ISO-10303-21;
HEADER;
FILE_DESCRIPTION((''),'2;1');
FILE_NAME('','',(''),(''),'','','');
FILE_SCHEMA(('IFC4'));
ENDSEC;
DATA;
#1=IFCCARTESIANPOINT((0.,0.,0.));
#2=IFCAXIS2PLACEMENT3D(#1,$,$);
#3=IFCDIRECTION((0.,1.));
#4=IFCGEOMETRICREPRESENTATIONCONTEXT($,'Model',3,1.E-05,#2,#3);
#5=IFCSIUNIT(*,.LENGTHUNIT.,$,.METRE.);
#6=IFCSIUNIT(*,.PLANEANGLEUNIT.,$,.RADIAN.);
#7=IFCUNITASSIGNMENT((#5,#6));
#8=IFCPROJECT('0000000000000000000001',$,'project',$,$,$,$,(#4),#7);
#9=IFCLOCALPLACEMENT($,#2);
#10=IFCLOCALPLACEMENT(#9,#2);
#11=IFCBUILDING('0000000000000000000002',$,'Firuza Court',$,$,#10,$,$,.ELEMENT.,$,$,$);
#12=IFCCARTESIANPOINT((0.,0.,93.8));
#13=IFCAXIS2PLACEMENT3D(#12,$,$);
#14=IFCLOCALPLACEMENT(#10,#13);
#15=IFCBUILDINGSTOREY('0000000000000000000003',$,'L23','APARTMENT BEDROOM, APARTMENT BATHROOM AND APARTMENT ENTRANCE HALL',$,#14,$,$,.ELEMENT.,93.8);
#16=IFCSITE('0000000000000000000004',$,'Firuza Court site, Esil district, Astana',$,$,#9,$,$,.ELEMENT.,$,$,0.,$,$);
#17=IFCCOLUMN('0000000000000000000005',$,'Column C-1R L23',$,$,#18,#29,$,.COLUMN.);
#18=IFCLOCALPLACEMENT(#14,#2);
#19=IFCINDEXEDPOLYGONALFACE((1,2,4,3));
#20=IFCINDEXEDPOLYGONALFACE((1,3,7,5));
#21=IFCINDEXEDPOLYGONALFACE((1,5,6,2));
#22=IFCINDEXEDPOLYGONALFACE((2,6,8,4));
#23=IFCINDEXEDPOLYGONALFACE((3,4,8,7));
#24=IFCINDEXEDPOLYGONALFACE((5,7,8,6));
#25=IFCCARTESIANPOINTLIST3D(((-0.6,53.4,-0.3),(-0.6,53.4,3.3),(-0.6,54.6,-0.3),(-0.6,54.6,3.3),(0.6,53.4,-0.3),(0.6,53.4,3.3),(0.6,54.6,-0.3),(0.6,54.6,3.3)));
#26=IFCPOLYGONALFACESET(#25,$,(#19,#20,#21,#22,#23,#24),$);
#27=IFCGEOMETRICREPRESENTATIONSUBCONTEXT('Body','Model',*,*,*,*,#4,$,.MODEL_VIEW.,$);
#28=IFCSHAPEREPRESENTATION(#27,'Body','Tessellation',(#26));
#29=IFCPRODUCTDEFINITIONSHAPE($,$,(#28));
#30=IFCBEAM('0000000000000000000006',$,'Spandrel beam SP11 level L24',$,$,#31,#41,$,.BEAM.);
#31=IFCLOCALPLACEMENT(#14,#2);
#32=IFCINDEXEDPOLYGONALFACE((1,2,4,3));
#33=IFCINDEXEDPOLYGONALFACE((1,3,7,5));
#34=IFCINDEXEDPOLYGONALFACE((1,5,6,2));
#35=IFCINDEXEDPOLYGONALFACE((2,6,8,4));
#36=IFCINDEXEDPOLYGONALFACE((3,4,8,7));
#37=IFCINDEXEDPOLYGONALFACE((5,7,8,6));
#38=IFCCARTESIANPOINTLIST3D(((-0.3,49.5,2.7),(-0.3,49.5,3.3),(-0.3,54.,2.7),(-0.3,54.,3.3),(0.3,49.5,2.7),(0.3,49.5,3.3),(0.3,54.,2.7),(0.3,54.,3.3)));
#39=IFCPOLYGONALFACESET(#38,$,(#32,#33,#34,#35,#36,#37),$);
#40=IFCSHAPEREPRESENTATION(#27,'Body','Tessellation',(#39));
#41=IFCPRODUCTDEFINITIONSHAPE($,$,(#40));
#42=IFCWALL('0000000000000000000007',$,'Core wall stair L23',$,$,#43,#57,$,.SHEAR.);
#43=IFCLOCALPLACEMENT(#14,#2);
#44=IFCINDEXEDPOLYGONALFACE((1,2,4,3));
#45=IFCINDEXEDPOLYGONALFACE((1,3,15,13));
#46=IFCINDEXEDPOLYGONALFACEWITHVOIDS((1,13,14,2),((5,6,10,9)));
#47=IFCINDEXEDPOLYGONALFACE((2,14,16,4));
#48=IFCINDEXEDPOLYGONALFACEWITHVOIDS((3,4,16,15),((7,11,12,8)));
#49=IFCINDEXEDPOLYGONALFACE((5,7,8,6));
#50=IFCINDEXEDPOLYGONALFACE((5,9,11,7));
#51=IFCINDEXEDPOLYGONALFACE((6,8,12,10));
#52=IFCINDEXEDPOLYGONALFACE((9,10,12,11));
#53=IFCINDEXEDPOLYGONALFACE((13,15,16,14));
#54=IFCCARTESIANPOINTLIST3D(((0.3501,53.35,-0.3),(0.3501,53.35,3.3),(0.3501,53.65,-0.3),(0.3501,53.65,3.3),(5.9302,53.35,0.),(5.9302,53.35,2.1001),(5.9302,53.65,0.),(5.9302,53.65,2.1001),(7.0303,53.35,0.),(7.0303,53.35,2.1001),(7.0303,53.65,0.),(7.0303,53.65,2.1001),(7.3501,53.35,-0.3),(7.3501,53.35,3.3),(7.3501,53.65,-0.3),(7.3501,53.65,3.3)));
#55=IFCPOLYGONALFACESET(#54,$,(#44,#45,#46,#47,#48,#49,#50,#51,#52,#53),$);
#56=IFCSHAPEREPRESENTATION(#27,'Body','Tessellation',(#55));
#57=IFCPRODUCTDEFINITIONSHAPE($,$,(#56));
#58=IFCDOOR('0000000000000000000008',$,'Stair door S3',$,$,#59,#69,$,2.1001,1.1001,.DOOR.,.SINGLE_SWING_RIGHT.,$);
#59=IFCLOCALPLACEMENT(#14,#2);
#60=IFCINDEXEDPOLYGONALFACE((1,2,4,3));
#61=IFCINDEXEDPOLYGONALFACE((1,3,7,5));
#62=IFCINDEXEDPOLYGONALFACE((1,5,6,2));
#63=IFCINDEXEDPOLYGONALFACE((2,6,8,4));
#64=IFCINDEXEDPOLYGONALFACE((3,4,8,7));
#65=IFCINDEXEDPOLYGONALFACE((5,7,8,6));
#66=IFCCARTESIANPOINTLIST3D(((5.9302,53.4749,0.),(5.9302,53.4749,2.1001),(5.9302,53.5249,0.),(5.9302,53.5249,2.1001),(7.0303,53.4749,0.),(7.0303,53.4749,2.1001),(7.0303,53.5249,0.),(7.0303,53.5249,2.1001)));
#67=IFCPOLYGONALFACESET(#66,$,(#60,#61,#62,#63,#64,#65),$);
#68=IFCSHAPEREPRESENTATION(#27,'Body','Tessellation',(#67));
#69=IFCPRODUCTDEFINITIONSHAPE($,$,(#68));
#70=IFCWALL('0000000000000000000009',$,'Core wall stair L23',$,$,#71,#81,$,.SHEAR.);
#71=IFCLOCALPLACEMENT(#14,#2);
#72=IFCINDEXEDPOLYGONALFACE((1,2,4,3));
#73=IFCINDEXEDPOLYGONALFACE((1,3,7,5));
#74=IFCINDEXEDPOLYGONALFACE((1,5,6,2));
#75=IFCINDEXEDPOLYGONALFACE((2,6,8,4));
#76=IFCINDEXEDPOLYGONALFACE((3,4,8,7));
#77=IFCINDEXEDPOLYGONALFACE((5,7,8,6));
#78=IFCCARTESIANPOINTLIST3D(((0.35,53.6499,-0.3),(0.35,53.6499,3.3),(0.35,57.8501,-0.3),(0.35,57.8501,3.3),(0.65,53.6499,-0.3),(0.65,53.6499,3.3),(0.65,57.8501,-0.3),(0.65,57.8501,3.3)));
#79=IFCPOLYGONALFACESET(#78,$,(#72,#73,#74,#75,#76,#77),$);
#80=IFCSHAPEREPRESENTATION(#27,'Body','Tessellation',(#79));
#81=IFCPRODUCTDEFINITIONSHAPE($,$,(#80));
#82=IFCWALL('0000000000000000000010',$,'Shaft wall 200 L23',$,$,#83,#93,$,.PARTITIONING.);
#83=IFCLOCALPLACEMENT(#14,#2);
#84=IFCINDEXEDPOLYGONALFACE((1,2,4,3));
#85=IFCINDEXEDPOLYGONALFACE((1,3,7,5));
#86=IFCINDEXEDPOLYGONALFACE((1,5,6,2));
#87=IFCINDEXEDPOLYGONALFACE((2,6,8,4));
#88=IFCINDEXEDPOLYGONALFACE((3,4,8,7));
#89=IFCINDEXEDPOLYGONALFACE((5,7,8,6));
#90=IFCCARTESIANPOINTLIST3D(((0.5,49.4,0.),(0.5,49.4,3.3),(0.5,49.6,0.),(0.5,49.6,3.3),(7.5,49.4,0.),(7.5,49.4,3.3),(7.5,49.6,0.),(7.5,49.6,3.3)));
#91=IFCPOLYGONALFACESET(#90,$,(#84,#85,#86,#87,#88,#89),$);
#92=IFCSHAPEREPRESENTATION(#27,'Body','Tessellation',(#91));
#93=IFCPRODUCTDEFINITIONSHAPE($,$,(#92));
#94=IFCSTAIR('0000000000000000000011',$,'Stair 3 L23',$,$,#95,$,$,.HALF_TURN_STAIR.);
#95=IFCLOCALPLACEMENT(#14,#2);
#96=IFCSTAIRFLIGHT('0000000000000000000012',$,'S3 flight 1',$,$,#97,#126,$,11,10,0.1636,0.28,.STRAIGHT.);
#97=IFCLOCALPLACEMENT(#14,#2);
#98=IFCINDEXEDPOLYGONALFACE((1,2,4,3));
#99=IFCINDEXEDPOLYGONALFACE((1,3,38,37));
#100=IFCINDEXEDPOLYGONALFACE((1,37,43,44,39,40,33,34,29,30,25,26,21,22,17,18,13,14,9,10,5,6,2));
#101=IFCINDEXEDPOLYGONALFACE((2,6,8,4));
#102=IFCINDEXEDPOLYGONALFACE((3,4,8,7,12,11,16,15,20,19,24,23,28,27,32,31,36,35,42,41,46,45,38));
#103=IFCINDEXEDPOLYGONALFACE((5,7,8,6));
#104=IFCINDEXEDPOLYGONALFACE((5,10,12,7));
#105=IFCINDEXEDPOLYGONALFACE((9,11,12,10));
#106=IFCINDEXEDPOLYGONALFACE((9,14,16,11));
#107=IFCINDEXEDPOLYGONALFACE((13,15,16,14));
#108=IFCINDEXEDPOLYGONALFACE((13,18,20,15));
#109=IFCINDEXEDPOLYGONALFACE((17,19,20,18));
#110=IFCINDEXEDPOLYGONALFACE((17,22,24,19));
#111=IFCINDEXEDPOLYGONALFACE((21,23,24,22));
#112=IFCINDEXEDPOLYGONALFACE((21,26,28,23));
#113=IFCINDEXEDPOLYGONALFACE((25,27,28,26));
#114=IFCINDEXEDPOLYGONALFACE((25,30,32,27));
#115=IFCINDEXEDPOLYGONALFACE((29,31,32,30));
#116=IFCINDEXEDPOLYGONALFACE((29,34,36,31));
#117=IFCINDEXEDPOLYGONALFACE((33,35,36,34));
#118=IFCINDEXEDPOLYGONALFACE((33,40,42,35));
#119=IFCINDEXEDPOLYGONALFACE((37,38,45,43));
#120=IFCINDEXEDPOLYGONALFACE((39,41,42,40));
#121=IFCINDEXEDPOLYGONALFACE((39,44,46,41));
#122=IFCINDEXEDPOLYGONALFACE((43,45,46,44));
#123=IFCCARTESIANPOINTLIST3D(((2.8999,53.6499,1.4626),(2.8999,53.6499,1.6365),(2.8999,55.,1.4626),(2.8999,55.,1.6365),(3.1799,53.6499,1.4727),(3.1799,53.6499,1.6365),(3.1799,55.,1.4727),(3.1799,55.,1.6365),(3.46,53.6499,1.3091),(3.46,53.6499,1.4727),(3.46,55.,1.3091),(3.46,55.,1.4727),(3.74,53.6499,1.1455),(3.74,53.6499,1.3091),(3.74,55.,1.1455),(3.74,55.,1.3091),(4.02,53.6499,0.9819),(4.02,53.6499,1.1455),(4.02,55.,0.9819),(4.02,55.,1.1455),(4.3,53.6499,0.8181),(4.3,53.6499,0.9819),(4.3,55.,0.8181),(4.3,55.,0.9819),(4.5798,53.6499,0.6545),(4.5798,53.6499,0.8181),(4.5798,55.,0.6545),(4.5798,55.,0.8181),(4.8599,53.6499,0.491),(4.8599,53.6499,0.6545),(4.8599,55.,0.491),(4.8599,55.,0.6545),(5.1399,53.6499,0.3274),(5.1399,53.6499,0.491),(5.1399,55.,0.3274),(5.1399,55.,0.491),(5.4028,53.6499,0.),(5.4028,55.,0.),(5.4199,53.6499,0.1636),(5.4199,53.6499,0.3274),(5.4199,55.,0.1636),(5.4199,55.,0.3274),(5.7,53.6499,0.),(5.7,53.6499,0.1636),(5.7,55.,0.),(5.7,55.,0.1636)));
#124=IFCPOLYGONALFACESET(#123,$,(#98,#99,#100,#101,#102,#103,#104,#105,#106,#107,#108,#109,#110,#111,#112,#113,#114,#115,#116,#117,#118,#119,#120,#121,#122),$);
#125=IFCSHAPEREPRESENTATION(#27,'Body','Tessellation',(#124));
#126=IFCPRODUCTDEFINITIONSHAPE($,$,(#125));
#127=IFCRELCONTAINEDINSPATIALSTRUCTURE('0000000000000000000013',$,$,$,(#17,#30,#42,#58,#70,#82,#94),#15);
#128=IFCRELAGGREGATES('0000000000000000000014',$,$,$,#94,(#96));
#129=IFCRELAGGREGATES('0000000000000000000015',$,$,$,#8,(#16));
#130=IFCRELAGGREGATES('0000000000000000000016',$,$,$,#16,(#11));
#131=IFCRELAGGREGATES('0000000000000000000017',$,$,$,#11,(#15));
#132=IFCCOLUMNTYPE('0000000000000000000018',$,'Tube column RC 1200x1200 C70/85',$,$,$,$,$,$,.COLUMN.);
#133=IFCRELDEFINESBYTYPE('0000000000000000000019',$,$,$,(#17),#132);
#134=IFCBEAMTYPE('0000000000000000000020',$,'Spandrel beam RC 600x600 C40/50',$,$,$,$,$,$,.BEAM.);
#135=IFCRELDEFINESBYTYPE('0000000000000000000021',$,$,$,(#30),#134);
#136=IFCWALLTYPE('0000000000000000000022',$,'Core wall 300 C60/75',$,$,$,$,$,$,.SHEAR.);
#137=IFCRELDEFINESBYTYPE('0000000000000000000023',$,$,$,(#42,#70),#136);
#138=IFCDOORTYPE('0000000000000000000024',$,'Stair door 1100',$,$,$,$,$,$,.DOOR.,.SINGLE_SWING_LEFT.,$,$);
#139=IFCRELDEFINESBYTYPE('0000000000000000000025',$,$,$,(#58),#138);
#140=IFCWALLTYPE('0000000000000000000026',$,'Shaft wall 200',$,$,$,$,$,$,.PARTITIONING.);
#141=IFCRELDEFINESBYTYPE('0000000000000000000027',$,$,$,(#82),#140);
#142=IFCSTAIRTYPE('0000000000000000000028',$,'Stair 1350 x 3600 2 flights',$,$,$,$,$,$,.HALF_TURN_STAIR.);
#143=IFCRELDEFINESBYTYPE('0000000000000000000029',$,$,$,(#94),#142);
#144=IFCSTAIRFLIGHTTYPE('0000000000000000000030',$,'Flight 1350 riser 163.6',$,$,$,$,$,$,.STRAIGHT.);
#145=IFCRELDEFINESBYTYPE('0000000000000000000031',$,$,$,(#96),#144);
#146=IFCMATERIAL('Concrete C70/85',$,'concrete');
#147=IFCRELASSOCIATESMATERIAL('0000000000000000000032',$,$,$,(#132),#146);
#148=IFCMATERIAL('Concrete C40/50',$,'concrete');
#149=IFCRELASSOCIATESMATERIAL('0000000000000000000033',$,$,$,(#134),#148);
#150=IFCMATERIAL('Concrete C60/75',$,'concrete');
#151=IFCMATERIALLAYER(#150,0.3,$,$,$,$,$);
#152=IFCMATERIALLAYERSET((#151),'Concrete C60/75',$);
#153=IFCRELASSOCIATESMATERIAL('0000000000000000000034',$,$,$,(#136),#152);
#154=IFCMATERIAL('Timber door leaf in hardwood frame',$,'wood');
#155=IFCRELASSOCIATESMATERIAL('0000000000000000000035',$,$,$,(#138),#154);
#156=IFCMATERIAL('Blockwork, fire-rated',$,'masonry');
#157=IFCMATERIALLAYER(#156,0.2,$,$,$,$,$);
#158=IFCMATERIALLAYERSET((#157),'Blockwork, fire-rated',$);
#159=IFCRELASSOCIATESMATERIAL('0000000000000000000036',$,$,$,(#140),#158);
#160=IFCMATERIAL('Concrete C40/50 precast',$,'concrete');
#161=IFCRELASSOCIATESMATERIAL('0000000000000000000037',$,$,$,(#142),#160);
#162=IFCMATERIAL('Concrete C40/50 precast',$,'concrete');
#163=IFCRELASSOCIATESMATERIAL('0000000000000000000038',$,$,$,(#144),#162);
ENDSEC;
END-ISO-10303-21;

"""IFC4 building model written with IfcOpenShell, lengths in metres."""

from ifc_helpers import new_model, si_unit, direction, frame, frame_2d, origin, origin_2d, place, context, subcontext, project, spatial, polyline, rectangle, outline, extrude, material, layer, layer_set, material_profile, profile_set, type_object, element, fill, aggregate, save


model = new_model("IFC4")

# Units and contexts
model_context = context("Model", 3, precision=1e-05, world=origin(), true_north=direction((0.0, 1.0)))
body_context = subcontext(model_context, "Body", "Model", "MODEL_VIEW")
ifc_project = project(units=[si_unit("LENGTHUNIT", "METRE"), si_unit("PLANEANGLEUNIT", "RADIAN")], contexts=[model_context])

# Site, building, storey
site_placement = place(None, origin())
site = spatial("IfcSite", under=ifc_project, at=site_placement, Name="Firuza Court site, Esil district, Astana", CompositionType="ELEMENT", RefElevation=0.0)
building_placement = place(site_placement, origin())
building = spatial("IfcBuilding", under=site, at=building_placement, Name="Firuza Court", CompositionType="ELEMENT")
storey_placement = place(building_placement, frame((0.0, 0.0, 93.8)))
storey = spatial("IfcBuildingStorey", under=building, at=storey_placement, Name="L23", Description="APARTMENT BEDROOM, APARTMENT BATHROOM AND APARTMENT ENTRANCE HALL", CompositionType="ELEMENT", Elevation=93.8)

# Column
ifc_material_1 = material(Name="Concrete C70/85", Category="concrete")
ifc_material_profile_1 = material_profile(ifc_material_1, rectangle(XDim=1.2, YDim=1.2, at=origin_2d()), Name="RC 1200x1200")
ifc_profile_set_1 = profile_set([ifc_material_profile_1], Name="Concrete C70/85")
column_type = type_object("IfcColumnType", Name="Tube column RC 1200x1200 C70/85", PredefinedType="COLUMN", material=ifc_profile_set_1)
column_placement = place(storey_placement, frame((0.0, 54.0, -0.3), z_axis=(0.0, 0.0, 1.0), x_axis=(1.0, 0.0, 0.0)))
element("IfcColumn", 1, at=column_placement, inside=storey, type_object=column_type, Name="Column C-1R L23", PredefinedType="COLUMN", context=body_context, shape_type="SweptSolid", body=[
    extrude(rectangle(XDim=1.2, YDim=1.2, at=origin_2d()), origin(), (0.0, 0.0, 1.0), 3.6001),
])

# Beam
ifc_material_2 = material(Name="Concrete C40/50", Category="concrete")
ifc_material_profile_2 = material_profile(ifc_material_2, rectangle(XDim=0.6001, YDim=0.6001, at=origin_2d()), Name="RC 600x600")
ifc_profile_set_2 = profile_set([ifc_material_profile_2], Name="Concrete C40/50")
beam_type = type_object("IfcBeamType", Name="Spandrel beam RC 600x600 C40/50", PredefinedType="BEAM", material=ifc_profile_set_2)
beam_placement = place(storey_placement, frame((0.0, 54.0, 3.0), z_axis=(0.0, -1.0, 0.0), x_axis=(1.0, 0.0, 0.0)))
element("IfcBeam", 2, at=beam_placement, inside=storey, type_object=beam_type, Name="Spandrel beam SP11 level L24", PredefinedType="BEAM", context=body_context, shape_type="SweptSolid", body=[
    extrude(rectangle(XDim=0.6001, YDim=0.6001, at=origin_2d()), origin(), (0.0, 0.0, 1.0), 4.5),
])

# Wall, opening, door
ifc_material_3 = material(Name="Concrete C60/75", Category="concrete")
ifc_layer_1 = layer(ifc_material_3, 0.3)
ifc_layer_set_1 = layer_set([ifc_layer_1], Name="Concrete C60/75")
wall_type_1 = type_object("IfcWallType", Name="Core wall 300 C60/75", PredefinedType="SHEAR", material=ifc_layer_set_1)
wall_1_placement = place(storey_placement, frame((0.3501, 53.5, -0.3), z_axis=(0.0, 0.0, 1.0), x_axis=(1.0, 0.0, 0.0)))
wall_1 = element("IfcWall", 3, at=wall_1_placement, inside=storey, type_object=wall_type_1, Name="Core wall stair L23", PredefinedType="SHEAR", context=body_context, shape_type="SweptSolid", body=[
    extrude(rectangle(XDim=7.0, YDim=0.3, at=frame_2d((3.5, 0.0))), origin(), (0.0, 0.0, 1.0), 3.6001),
])
opening_placement = place(wall_1_placement, frame((5.5801, 0.0, 0.3)))
opening = element("IfcOpeningElement", 4, at=opening_placement, cuts=wall_1, PredefinedType="OPENING", context=body_context, shape_type="SweptSolid", body=[
    extrude(rectangle(XDim=1.1001, YDim=2.1001, at=frame_2d((0.55, 1.05))), frame((0.0, 0.1621, 0.0), z_axis=(0.0, -1.0, 0.0), x_axis=(1.0, 0.0, 0.0)), (0.0, 0.0, 1.0), 0.324),
])
ifc_material_4 = material(Name="Timber door leaf in hardwood frame", Category="wood")
door_type = type_object("IfcDoorType", Name="Stair door 1100", OperationType="SINGLE_SWING_LEFT", PredefinedType="DOOR", material=ifc_material_4)
door_placement = place(opening_placement, origin())
door = element("IfcDoor", 5, at=door_placement, inside=storey, type_object=door_type, Name="Stair door S3", OperationType="SINGLE_SWING_RIGHT", OverallHeight=2.1001, OverallWidth=1.1001, PredefinedType="DOOR", context=body_context, shape_type="SweptSolid", body=[
    extrude(rectangle(XDim=1.1001, YDim=2.1001, at=frame_2d((0.55, 1.05))), frame((0.0, 0.0249, 0.0), z_axis=(0.0, -1.0, 0.0), x_axis=(1.0, 0.0, 0.0)), (0.0, 0.0, 1.0), 0.05),
])
fill(opening, door)

# Walls
wall_2_placement = place(storey_placement, frame((0.5, 53.6499, -0.3), z_axis=(0.0, 0.0, 1.0), x_axis=(0.0, 1.0, 0.0)))
element("IfcWall", 6, at=wall_2_placement, inside=storey, type_object=wall_type_1, Name="Core wall stair L23", PredefinedType="SHEAR", context=body_context, shape_type="SweptSolid", body=[
    extrude(rectangle(XDim=4.2002, YDim=0.3, at=frame_2d((2.1001, 0.0))), origin(), (0.0, 0.0, 1.0), 3.6001),
])
ifc_material_5 = material(Name="Blockwork, fire-rated", Category="masonry")
ifc_layer_2 = layer(ifc_material_5, 0.2)
ifc_layer_set_2 = layer_set([ifc_layer_2], Name="Blockwork, fire-rated")
wall_type_2 = type_object("IfcWallType", Name="Shaft wall 200", PredefinedType="PARTITIONING", material=ifc_layer_set_2)
wall_3_placement = place(storey_placement, frame((0.5, 49.5, 0.0), z_axis=(0.0, 0.0, 1.0), x_axis=(1.0, 0.0, 0.0)))
element("IfcWall", 7, at=wall_3_placement, inside=storey, type_object=wall_type_2, Name="Shaft wall 200 L23", PredefinedType="PARTITIONING", context=body_context, shape_type="SweptSolid", body=[
    extrude(rectangle(XDim=7.0, YDim=0.2, at=frame_2d((3.5, 0.0))), origin(), (0.0, 0.0, 1.0), 3.3),
])

# Stair, stair flight
ifc_material_6 = material(Name="Concrete C40/50 precast", Category="concrete")
stair_type = type_object("IfcStairType", Name="Stair 1350 x 3600 2 flights", PredefinedType="HALF_TURN_STAIR", material=ifc_material_6)
stair_placement = place(storey_placement, origin())
stair = element("IfcStair", 8, at=stair_placement, inside=storey, type_object=stair_type, Name="Stair 3 L23", PredefinedType="HALF_TURN_STAIR")
ifc_material_7 = material(Name="Concrete C40/50 precast", Category="concrete")
stair_flight_type = type_object("IfcStairFlightType", Name="Flight 1350 riser 163.6", PredefinedType="STRAIGHT", material=ifc_material_7)
stair_flight_placement = place(storey_placement, frame((5.7, 54.325, 0.0), z_axis=(0.0, 0.0, 1.0), x_axis=(-1.0, 0.0, 0.0)))
stair_flight = element("IfcStairFlight", 9, at=stair_flight_placement, type_object=stair_flight_type, Name="S3 flight 1", NumberOfRisers=11, NumberOfTreads=10, PredefinedType="STRAIGHT", RiserHeight=0.1636, TreadLength=0.28, context=body_context, shape_type="SweptSolid", body=[
    extrude(outline(polyline([(0.0, 0.0), (0.0, 0.1636), (0.28, 0.1636), (0.28, 0.3274), (0.5601, 0.3274), (0.5601, 0.491), (0.8401, 0.491), (0.8401, 0.6545), (1.1201, 0.6545), (1.1201, 0.8181), (1.3999, 0.8181), (1.3999, 0.9819), (1.6799, 0.9819), (1.6799, 1.1455), (1.96, 1.1455), (1.96, 1.3091), (2.24, 1.3091), (2.24, 1.4727), (2.52, 1.4727), (2.52, 1.6365), (2.8, 1.6365), (2.8, 1.8), (2.8, 1.4626), (0.2971, 0.0), (0.0, 0.0)])), frame((0.0, 0.675, 0.0), z_axis=(0.0, -1.0, 0.0), x_axis=(1.0, 0.0, 0.0)), (0.0, 0.0, 1.0), 1.3501),
])
aggregate(stair, [stair_flight])

save(model, "model.ifc")
